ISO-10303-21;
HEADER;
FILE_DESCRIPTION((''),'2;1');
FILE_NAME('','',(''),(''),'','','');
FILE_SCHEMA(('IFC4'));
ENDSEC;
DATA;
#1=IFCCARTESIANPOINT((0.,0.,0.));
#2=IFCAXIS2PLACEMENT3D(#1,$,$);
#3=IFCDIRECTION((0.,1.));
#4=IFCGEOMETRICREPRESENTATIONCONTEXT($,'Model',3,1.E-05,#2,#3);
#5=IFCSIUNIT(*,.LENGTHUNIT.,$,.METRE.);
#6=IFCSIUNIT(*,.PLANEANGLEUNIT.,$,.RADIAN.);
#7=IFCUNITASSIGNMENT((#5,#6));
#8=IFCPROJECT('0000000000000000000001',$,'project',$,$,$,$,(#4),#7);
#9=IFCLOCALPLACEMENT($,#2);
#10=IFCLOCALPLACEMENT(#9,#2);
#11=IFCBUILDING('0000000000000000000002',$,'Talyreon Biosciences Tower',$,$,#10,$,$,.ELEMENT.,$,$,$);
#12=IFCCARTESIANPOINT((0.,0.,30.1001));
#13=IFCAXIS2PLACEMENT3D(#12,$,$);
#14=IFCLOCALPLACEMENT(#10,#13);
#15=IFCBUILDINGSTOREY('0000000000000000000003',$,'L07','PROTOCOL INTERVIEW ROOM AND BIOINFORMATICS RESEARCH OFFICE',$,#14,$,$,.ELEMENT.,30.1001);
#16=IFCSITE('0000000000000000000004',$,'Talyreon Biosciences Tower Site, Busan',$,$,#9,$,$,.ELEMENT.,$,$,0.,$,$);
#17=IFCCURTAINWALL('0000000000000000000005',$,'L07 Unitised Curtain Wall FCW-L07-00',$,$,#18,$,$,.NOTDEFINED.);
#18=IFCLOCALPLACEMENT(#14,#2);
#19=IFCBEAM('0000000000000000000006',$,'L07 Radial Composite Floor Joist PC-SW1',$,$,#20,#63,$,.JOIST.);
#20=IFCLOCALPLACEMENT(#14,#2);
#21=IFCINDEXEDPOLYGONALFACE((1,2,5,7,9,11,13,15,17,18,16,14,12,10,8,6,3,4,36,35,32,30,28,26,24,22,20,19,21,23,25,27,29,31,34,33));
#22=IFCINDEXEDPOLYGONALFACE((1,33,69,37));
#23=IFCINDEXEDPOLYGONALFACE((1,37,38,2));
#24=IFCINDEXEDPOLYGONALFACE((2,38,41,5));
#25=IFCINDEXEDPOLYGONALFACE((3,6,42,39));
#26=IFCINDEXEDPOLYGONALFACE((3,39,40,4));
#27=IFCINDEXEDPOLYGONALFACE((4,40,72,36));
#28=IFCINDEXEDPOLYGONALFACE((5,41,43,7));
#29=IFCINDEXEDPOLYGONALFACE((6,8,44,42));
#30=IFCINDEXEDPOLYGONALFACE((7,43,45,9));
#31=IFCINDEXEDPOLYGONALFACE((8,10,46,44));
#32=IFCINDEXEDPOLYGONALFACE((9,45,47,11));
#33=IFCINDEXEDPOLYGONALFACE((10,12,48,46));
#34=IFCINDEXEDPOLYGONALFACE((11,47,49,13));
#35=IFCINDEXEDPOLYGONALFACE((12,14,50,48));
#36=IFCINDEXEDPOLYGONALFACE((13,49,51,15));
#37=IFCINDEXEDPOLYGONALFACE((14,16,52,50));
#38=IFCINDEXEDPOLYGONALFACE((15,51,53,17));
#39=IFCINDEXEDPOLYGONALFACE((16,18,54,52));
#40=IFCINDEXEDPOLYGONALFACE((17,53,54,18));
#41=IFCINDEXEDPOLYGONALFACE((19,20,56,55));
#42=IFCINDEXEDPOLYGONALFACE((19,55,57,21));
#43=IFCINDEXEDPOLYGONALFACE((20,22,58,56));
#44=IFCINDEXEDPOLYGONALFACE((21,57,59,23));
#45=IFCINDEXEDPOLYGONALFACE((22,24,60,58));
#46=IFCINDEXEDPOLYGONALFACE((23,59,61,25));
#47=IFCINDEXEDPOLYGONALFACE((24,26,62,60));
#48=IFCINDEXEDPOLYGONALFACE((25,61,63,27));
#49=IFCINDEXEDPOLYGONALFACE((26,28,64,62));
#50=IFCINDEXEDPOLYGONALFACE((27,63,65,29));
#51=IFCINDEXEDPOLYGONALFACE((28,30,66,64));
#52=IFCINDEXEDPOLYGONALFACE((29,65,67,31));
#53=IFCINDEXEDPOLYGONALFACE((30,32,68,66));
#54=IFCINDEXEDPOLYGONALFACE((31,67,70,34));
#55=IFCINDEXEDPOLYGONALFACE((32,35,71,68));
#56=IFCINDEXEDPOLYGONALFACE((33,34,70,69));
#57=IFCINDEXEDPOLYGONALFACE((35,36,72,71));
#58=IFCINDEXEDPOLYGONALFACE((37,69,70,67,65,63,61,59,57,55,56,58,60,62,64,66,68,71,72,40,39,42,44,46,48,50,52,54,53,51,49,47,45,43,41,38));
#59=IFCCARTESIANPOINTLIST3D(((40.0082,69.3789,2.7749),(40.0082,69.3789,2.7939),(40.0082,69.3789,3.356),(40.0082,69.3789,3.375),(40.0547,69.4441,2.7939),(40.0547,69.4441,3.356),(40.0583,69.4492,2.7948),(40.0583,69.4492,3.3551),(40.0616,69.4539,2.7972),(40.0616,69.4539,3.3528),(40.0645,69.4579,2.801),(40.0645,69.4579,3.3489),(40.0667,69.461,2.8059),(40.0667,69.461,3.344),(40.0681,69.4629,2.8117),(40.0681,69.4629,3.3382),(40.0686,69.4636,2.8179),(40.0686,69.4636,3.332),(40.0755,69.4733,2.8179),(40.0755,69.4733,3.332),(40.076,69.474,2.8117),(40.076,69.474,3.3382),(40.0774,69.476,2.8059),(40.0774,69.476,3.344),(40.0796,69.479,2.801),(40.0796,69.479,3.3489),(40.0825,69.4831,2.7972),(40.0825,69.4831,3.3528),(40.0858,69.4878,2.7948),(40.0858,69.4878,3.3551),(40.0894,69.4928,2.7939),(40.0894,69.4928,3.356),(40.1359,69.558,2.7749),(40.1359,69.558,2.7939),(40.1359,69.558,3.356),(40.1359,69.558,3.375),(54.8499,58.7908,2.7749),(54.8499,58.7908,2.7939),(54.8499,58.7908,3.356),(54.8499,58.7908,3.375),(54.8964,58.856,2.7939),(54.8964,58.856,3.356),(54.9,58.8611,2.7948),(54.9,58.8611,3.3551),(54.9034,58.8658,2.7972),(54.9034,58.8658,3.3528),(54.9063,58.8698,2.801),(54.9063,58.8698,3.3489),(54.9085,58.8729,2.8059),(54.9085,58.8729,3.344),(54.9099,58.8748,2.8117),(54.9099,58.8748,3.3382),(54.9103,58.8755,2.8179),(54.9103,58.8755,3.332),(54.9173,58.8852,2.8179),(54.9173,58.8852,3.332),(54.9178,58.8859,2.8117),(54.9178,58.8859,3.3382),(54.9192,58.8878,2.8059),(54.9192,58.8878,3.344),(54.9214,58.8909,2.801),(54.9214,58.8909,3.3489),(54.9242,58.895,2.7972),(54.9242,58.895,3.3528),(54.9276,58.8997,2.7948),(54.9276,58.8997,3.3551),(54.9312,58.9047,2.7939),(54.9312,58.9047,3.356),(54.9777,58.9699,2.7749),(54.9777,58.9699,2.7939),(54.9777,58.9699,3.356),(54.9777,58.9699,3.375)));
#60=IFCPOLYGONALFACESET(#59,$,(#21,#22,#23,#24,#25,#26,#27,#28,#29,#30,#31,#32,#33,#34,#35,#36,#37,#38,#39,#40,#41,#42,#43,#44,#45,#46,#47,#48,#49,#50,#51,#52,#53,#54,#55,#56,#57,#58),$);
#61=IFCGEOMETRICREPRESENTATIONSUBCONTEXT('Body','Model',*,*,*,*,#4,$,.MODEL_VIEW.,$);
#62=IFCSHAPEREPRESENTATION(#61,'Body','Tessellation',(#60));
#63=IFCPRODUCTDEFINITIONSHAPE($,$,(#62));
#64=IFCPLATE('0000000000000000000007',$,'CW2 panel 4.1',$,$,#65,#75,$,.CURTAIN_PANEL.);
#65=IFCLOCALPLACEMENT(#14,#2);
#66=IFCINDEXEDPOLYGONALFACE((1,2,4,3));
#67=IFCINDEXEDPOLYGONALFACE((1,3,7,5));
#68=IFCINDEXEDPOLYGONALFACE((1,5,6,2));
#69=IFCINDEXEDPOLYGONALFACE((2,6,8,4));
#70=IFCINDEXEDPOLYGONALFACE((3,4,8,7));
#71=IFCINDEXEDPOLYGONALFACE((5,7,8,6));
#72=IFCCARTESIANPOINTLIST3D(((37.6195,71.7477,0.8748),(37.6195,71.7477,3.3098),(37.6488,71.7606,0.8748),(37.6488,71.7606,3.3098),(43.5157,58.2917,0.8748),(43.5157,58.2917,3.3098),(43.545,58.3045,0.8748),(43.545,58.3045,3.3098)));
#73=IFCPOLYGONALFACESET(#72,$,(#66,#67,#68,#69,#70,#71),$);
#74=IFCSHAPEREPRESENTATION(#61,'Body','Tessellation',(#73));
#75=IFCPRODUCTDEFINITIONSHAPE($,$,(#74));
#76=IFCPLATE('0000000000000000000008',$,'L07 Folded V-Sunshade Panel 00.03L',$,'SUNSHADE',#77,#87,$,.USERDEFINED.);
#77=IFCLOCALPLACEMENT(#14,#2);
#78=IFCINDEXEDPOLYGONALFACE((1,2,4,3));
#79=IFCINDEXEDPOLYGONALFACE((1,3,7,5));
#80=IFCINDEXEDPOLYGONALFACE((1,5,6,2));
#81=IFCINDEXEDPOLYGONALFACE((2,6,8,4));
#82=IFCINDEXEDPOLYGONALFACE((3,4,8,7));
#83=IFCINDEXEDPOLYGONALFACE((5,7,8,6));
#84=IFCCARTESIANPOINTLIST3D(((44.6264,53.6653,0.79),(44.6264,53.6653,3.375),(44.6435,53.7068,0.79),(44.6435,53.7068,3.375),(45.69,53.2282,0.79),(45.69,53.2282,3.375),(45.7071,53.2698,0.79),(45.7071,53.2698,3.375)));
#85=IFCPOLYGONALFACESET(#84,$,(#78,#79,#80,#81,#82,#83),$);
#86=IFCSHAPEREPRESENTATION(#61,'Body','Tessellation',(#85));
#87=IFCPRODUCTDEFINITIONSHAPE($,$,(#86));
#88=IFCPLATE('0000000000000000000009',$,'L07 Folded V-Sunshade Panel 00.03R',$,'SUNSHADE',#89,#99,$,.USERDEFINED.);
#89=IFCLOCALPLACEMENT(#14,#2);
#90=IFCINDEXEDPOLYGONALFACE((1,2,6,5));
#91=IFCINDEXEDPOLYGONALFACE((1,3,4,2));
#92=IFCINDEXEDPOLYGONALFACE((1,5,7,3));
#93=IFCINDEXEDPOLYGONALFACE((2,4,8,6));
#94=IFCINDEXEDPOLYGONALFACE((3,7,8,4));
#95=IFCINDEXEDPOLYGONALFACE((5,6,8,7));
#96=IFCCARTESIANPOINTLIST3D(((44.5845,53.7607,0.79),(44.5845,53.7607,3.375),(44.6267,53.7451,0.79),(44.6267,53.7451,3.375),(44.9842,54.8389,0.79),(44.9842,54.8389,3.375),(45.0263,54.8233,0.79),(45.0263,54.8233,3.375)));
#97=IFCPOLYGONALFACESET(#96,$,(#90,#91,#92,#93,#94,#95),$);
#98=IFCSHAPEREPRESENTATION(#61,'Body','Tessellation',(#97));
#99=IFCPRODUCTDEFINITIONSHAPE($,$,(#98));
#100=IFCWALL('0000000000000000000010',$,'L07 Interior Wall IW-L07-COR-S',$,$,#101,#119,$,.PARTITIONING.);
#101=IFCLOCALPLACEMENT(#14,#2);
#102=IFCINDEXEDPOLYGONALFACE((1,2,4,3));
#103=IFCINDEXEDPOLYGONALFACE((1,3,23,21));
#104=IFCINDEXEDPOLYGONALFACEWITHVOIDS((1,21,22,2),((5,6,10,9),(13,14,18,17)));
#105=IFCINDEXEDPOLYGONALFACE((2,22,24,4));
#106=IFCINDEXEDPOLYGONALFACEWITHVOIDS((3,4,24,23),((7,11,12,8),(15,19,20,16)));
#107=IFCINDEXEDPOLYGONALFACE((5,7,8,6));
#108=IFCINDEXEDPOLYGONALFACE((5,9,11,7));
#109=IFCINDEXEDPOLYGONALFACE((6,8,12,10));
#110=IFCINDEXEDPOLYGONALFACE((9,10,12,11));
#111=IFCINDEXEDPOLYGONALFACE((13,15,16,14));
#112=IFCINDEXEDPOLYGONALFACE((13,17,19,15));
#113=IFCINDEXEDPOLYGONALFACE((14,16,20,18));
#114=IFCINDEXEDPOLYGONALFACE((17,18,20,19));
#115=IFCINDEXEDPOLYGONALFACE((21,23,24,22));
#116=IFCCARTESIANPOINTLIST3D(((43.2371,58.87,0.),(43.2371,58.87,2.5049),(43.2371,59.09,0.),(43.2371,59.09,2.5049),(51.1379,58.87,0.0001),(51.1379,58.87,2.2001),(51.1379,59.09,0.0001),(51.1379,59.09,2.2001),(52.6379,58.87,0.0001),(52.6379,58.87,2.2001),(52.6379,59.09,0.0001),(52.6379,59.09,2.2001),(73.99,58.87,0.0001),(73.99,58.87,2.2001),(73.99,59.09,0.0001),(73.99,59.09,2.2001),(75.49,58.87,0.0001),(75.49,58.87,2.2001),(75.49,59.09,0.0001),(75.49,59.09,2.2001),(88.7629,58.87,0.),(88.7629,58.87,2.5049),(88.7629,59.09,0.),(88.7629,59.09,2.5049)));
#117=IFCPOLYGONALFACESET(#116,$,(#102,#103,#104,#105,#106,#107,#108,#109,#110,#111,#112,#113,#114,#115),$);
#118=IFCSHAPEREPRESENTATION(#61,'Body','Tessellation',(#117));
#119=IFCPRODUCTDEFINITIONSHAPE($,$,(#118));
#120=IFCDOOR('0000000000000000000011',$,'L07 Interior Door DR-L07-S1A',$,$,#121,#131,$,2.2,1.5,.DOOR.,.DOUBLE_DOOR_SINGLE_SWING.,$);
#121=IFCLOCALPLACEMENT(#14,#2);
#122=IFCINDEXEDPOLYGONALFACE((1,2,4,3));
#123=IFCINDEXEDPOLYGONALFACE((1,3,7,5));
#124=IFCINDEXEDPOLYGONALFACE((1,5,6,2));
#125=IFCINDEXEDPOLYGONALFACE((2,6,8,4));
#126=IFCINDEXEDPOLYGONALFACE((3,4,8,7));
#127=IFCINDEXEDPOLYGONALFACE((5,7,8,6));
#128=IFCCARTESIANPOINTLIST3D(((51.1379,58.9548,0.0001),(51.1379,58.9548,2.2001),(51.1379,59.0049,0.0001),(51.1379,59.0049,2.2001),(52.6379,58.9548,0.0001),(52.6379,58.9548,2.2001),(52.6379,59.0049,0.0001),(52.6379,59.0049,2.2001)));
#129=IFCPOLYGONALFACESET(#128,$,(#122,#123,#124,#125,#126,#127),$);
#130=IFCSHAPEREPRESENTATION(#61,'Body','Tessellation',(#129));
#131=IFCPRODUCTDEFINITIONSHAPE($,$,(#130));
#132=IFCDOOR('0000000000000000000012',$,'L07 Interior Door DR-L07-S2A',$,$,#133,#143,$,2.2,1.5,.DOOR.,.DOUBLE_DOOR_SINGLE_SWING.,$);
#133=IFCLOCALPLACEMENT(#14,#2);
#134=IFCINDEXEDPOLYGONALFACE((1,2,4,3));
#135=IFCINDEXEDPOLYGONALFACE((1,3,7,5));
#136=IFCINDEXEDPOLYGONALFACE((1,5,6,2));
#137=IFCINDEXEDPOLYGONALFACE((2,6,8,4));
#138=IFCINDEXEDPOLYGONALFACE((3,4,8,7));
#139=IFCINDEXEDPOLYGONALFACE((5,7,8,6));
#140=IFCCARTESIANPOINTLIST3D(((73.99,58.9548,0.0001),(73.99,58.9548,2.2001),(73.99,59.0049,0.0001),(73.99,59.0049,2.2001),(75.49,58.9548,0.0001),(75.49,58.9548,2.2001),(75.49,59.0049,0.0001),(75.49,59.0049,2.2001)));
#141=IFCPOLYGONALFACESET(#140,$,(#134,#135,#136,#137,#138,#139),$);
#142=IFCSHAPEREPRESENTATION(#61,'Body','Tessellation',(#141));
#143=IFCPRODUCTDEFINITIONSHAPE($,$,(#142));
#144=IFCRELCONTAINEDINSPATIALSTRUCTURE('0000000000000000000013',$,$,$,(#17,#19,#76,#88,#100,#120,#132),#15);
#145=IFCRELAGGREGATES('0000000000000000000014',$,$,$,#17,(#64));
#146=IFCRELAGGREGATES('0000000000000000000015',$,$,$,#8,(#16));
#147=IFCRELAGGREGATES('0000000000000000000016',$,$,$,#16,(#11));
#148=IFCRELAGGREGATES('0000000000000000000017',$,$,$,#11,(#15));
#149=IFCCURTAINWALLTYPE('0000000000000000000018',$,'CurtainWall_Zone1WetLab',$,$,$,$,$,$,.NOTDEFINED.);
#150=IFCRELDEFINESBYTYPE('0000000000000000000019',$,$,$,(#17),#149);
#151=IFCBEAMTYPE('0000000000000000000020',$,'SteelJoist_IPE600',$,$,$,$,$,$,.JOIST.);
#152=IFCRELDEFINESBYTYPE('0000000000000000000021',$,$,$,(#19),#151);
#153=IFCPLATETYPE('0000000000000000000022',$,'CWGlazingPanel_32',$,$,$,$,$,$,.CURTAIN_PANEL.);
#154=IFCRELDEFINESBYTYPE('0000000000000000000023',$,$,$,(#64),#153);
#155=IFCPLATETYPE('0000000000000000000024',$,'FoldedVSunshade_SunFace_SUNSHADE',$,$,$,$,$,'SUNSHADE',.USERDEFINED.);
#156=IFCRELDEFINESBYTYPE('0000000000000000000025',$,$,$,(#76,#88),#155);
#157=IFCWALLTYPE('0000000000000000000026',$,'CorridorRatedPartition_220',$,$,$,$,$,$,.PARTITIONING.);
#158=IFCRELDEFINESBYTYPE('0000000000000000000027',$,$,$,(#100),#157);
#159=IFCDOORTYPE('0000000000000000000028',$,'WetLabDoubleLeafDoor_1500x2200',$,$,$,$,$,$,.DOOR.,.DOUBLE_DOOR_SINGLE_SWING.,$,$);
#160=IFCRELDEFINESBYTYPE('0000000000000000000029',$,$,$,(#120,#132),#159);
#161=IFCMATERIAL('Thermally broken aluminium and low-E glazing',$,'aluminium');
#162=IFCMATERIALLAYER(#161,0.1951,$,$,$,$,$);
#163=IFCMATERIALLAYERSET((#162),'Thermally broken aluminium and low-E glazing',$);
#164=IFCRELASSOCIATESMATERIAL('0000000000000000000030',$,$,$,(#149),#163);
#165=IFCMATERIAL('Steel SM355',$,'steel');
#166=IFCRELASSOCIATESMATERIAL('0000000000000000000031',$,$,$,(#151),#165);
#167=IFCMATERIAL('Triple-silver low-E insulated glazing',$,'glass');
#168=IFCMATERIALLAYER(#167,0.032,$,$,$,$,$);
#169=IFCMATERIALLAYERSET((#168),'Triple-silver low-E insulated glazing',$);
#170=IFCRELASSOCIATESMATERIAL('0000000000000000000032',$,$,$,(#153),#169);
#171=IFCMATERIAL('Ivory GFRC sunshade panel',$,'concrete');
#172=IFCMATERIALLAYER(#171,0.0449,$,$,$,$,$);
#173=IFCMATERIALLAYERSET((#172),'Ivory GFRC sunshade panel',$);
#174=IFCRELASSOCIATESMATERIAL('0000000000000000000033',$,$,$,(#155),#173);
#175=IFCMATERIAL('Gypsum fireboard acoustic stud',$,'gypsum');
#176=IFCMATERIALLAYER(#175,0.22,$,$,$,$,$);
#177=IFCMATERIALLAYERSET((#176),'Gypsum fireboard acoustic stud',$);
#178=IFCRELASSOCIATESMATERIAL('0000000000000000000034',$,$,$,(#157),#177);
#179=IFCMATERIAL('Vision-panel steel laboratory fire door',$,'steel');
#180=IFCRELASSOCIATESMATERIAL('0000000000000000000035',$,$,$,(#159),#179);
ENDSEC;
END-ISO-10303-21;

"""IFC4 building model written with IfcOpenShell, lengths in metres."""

from ifc_helpers import new_model, si_unit, direction, frame, frame_2d, origin, origin_2d, place, context, subcontext, project, spatial, rectangle, i_section, extrude, material, layer, layer_set, material_profile, profile_set, type_object, element, fill, aggregate, save


model = new_model("IFC4")

# Units and contexts
model_context = context("Model", 3, precision=1e-05, world=origin(), true_north=direction((0.0, 1.0)))
body_context = subcontext(model_context, "Body", "Model", "MODEL_VIEW")
ifc_project = project(units=[si_unit("LENGTHUNIT", "METRE"), si_unit("PLANEANGLEUNIT", "RADIAN")], contexts=[model_context])

# Site, building, storey
site_placement = place(None, origin())
site = spatial("IfcSite", under=ifc_project, at=site_placement, Name="Talyreon Biosciences Tower Site, Busan", CompositionType="ELEMENT", RefElevation=0.0)
building_placement = place(site_placement, origin())
building = spatial("IfcBuilding", under=site, at=building_placement, Name="Talyreon Biosciences Tower", CompositionType="ELEMENT")
storey_placement = place(building_placement, frame((0.0, 0.0, 30.1001)))
storey = spatial("IfcBuildingStorey", under=building, at=storey_placement, Name="L07", Description="PROTOCOL INTERVIEW ROOM AND BIOINFORMATICS RESEARCH OFFICE", CompositionType="ELEMENT", Elevation=30.1001)

# Curtain wall
ifc_material_1 = material(Name="Thermally broken aluminium and low-E glazing", Category="aluminium")
ifc_layer_1 = layer(ifc_material_1, 0.1951)
ifc_layer_set_1 = layer_set([ifc_layer_1], Name="Thermally broken aluminium and low-E glazing")
curtain_wall_type = type_object("IfcCurtainWallType", Name="CurtainWall_Zone1WetLab", PredefinedType="NOTDEFINED", material=ifc_layer_set_1)
curtain_wall_placement = place(storey_placement, origin())
curtain_wall = element("IfcCurtainWall", 1, at=curtain_wall_placement, inside=storey, type_object=curtain_wall_type, Name="L07 Unitised Curtain Wall FCW-L07-00", PredefinedType="NOTDEFINED")

# Beam
ifc_material_2 = material(Name="Steel SM355", Category="steel")
ifc_material_profile_1 = material_profile(ifc_material_2, i_section(OverallWidth=0.22, OverallDepth=0.6001, WebThickness=0.012, FlangeThickness=0.019, FilletRadius=0.0239, at=origin_2d()), Name="IPE600")
ifc_profile_set_1 = profile_set([ifc_material_profile_1], Name="Steel SM355")
beam_type_1 = type_object("IfcBeamType", Name="SteelJoist_IPE600", PredefinedType="JOIST", material=ifc_profile_set_1)
beam_1_placement = place(storey_placement, frame((54.9138, 58.8804, 3.075), z_axis=(-0.814074, 0.580761, 0.0), x_axis=(-0.580761, -0.814074, 0.0)))
element("IfcBeam", 2, at=beam_1_placement, inside=storey, type_object=beam_type_1, Name="L07 Radial Composite Floor Joist PC-SW1", PredefinedType="JOIST", context=body_context, shape_type="SweptSolid", body=[
    extrude(i_section(OverallWidth=0.22, OverallDepth=0.6001, WebThickness=0.012, FlangeThickness=0.019, FilletRadius=0.0239, at=origin_2d()), origin(), (0.0, 0.0, 1.0), 18.2314),
])

# Plate
ifc_material_3 = material(Name="Triple-silver low-E insulated glazing", Category="glass")
ifc_layer_2 = layer(ifc_material_3, 0.032)
ifc_layer_set_2 = layer_set([ifc_layer_2], Name="Triple-silver low-E insulated glazing")
plate_type_1 = type_object("IfcPlateType", Name="CWGlazingPanel_32", PredefinedType="CURTAIN_PANEL", material=ifc_layer_set_2)
plate_placement = place(storey_placement, frame((40.5823, 65.0261, 0.8748), z_axis=(0.0, 0.0, 1.0), x_axis=(-0.401345, 0.915927, 0.0)))
plate = element("IfcPlate", 3, at=plate_placement, type_object=plate_type_1, Name="CW2 panel 4.1", PredefinedType="CURTAIN_PANEL", context=body_context, shape_type="SweptSolid", body=[
    extrude(rectangle(XDim=14.6912, YDim=0.032, at=origin_2d()), origin(), (0.0, 0.0, 1.0), 2.4351),
])
aggregate(curtain_wall, [plate])

# Plates
ifc_material_4 = material(Name="Ivory GFRC sunshade panel", Category="concrete")
ifc_layer_3 = layer(ifc_material_4, 0.0449)
ifc_layer_set_3 = layer_set([ifc_layer_3], Name="Ivory GFRC sunshade panel")
plate_type_2 = type_object("IfcPlateType", Name="FoldedVSunshade_SunFace_SUNSHADE", ElementType="SUNSHADE", PredefinedType="USERDEFINED", material=ifc_layer_set_3)
for number, where, z_axis, x_axis, name in (
    (4, (45.1667, 53.4675, 0.79), (0.0, 0.0, 1.0), (-0.924958, 0.38007, 0.0), "L07 Folded V-Sunshade Panel 00.03L"),
    (5, (44.8054, 54.292, 0.79), (0.0, 0.0, 1.0), (0.347558, 0.937659, 0.0), "L07 Folded V-Sunshade Panel 00.03R"),
):
    element("IfcPlate", number, at=place(storey_placement, frame(where, z_axis=z_axis, x_axis=x_axis)), inside=storey, type_object=plate_type_2, Name=name, ObjectType="SUNSHADE", PredefinedType="USERDEFINED", context=body_context, shape_type="SweptSolid", body=[
        extrude(rectangle(XDim=1.1499, YDim=0.0449, at=origin_2d()), origin(), (0.0, 0.0, 1.0), 2.585),
    ])

# Wall, openings, doors
ifc_material_5 = material(Name="Gypsum fireboard acoustic stud", Category="gypsum")
ifc_layer_4 = layer(ifc_material_5, 0.22)
ifc_layer_set_4 = layer_set([ifc_layer_4], Name="Gypsum fireboard acoustic stud")
wall_type = type_object("IfcWallType", Name="CorridorRatedPartition_220", PredefinedType="PARTITIONING", material=ifc_layer_set_4)
wall_placement = place(storey_placement, frame((43.2371, 58.98, 0.0), z_axis=(0.0, 0.0, 1.0), x_axis=(1.0, 0.0, 0.0)))
wall = element("IfcWall", 6, at=wall_placement, inside=storey, type_object=wall_type, Name="L07 Interior Wall IW-L07-COR-S", PredefinedType="PARTITIONING", context=body_context, shape_type="SweptSolid", body=[
    extrude(rectangle(XDim=45.5259, YDim=0.22, at=frame_2d((22.7629, 0.0))), origin(), (0.0, 0.0, 1.0), 2.5049),
])
opening_1_placement = place(wall_placement, frame((7.9009, 0.0, 0.0)))
opening_1 = element("IfcOpeningElement", 7, at=opening_1_placement, cuts=wall, PredefinedType="OPENING", context=body_context, shape_type="SweptSolid", body=[
    extrude(rectangle(XDim=1.5, YDim=2.2, at=frame_2d((0.75, 1.1001))), frame((0.0, 0.1199, 0.0), z_axis=(0.0, -1.0, 0.0), x_axis=(1.0, 0.0, 0.0)), (0.0, 0.0, 1.0), 0.24),
])
opening_2_placement = place(wall_placement, frame((30.7529, 0.0, 0.0)))
opening_2 = element("IfcOpeningElement", 8, at=opening_2_placement, cuts=wall, PredefinedType="OPENING", context=body_context, shape_type="SweptSolid", body=[
    extrude(rectangle(XDim=1.5, YDim=2.2, at=frame_2d((0.75, 1.1001))), frame((0.0, 0.1199, 0.0), z_axis=(0.0, -1.0, 0.0), x_axis=(1.0, 0.0, 0.0)), (0.0, 0.0, 1.0), 0.24),
])
ifc_material_6 = material(Name="Vision-panel steel laboratory fire door", Category="steel")
door_type = type_object("IfcDoorType", Name="WetLabDoubleLeafDoor_1500x2200", OperationType="DOUBLE_DOOR_SINGLE_SWING", PredefinedType="DOOR", material=ifc_material_6)
door_1_placement = place(opening_1_placement, origin())
door_1 = element("IfcDoor", 9, at=door_1_placement, inside=storey, type_object=door_type, Name="L07 Interior Door DR-L07-S1A", OperationType="DOUBLE_DOOR_SINGLE_SWING", OverallHeight=2.2, OverallWidth=1.5, PredefinedType="DOOR", context=body_context, shape_type="SweptSolid", body=[
    extrude(rectangle(XDim=1.5, YDim=2.2, at=frame_2d((0.75, 1.1001))), frame((0.0, 0.0249, 0.0), z_axis=(0.0, -1.0, 0.0), x_axis=(1.0, 0.0, 0.0)), (0.0, 0.0, 1.0), 0.05),
])
fill(opening_1, door_1)
door_2_placement = place(opening_2_placement, origin())
door_2 = element("IfcDoor", 10, at=door_2_placement, inside=storey, type_object=door_type, Name="L07 Interior Door DR-L07-S2A", OperationType="DOUBLE_DOOR_SINGLE_SWING", OverallHeight=2.2, OverallWidth=1.5, PredefinedType="DOOR", context=body_context, shape_type="SweptSolid", body=[
    extrude(rectangle(XDim=1.5, YDim=2.2, at=frame_2d((0.75, 1.1001))), frame((0.0, 0.0249, 0.0), z_axis=(0.0, -1.0, 0.0), x_axis=(1.0, 0.0, 0.0)), (0.0, 0.0, 1.0), 0.05),
])
fill(opening_2, door_2)

save(model, "model.ifc")
